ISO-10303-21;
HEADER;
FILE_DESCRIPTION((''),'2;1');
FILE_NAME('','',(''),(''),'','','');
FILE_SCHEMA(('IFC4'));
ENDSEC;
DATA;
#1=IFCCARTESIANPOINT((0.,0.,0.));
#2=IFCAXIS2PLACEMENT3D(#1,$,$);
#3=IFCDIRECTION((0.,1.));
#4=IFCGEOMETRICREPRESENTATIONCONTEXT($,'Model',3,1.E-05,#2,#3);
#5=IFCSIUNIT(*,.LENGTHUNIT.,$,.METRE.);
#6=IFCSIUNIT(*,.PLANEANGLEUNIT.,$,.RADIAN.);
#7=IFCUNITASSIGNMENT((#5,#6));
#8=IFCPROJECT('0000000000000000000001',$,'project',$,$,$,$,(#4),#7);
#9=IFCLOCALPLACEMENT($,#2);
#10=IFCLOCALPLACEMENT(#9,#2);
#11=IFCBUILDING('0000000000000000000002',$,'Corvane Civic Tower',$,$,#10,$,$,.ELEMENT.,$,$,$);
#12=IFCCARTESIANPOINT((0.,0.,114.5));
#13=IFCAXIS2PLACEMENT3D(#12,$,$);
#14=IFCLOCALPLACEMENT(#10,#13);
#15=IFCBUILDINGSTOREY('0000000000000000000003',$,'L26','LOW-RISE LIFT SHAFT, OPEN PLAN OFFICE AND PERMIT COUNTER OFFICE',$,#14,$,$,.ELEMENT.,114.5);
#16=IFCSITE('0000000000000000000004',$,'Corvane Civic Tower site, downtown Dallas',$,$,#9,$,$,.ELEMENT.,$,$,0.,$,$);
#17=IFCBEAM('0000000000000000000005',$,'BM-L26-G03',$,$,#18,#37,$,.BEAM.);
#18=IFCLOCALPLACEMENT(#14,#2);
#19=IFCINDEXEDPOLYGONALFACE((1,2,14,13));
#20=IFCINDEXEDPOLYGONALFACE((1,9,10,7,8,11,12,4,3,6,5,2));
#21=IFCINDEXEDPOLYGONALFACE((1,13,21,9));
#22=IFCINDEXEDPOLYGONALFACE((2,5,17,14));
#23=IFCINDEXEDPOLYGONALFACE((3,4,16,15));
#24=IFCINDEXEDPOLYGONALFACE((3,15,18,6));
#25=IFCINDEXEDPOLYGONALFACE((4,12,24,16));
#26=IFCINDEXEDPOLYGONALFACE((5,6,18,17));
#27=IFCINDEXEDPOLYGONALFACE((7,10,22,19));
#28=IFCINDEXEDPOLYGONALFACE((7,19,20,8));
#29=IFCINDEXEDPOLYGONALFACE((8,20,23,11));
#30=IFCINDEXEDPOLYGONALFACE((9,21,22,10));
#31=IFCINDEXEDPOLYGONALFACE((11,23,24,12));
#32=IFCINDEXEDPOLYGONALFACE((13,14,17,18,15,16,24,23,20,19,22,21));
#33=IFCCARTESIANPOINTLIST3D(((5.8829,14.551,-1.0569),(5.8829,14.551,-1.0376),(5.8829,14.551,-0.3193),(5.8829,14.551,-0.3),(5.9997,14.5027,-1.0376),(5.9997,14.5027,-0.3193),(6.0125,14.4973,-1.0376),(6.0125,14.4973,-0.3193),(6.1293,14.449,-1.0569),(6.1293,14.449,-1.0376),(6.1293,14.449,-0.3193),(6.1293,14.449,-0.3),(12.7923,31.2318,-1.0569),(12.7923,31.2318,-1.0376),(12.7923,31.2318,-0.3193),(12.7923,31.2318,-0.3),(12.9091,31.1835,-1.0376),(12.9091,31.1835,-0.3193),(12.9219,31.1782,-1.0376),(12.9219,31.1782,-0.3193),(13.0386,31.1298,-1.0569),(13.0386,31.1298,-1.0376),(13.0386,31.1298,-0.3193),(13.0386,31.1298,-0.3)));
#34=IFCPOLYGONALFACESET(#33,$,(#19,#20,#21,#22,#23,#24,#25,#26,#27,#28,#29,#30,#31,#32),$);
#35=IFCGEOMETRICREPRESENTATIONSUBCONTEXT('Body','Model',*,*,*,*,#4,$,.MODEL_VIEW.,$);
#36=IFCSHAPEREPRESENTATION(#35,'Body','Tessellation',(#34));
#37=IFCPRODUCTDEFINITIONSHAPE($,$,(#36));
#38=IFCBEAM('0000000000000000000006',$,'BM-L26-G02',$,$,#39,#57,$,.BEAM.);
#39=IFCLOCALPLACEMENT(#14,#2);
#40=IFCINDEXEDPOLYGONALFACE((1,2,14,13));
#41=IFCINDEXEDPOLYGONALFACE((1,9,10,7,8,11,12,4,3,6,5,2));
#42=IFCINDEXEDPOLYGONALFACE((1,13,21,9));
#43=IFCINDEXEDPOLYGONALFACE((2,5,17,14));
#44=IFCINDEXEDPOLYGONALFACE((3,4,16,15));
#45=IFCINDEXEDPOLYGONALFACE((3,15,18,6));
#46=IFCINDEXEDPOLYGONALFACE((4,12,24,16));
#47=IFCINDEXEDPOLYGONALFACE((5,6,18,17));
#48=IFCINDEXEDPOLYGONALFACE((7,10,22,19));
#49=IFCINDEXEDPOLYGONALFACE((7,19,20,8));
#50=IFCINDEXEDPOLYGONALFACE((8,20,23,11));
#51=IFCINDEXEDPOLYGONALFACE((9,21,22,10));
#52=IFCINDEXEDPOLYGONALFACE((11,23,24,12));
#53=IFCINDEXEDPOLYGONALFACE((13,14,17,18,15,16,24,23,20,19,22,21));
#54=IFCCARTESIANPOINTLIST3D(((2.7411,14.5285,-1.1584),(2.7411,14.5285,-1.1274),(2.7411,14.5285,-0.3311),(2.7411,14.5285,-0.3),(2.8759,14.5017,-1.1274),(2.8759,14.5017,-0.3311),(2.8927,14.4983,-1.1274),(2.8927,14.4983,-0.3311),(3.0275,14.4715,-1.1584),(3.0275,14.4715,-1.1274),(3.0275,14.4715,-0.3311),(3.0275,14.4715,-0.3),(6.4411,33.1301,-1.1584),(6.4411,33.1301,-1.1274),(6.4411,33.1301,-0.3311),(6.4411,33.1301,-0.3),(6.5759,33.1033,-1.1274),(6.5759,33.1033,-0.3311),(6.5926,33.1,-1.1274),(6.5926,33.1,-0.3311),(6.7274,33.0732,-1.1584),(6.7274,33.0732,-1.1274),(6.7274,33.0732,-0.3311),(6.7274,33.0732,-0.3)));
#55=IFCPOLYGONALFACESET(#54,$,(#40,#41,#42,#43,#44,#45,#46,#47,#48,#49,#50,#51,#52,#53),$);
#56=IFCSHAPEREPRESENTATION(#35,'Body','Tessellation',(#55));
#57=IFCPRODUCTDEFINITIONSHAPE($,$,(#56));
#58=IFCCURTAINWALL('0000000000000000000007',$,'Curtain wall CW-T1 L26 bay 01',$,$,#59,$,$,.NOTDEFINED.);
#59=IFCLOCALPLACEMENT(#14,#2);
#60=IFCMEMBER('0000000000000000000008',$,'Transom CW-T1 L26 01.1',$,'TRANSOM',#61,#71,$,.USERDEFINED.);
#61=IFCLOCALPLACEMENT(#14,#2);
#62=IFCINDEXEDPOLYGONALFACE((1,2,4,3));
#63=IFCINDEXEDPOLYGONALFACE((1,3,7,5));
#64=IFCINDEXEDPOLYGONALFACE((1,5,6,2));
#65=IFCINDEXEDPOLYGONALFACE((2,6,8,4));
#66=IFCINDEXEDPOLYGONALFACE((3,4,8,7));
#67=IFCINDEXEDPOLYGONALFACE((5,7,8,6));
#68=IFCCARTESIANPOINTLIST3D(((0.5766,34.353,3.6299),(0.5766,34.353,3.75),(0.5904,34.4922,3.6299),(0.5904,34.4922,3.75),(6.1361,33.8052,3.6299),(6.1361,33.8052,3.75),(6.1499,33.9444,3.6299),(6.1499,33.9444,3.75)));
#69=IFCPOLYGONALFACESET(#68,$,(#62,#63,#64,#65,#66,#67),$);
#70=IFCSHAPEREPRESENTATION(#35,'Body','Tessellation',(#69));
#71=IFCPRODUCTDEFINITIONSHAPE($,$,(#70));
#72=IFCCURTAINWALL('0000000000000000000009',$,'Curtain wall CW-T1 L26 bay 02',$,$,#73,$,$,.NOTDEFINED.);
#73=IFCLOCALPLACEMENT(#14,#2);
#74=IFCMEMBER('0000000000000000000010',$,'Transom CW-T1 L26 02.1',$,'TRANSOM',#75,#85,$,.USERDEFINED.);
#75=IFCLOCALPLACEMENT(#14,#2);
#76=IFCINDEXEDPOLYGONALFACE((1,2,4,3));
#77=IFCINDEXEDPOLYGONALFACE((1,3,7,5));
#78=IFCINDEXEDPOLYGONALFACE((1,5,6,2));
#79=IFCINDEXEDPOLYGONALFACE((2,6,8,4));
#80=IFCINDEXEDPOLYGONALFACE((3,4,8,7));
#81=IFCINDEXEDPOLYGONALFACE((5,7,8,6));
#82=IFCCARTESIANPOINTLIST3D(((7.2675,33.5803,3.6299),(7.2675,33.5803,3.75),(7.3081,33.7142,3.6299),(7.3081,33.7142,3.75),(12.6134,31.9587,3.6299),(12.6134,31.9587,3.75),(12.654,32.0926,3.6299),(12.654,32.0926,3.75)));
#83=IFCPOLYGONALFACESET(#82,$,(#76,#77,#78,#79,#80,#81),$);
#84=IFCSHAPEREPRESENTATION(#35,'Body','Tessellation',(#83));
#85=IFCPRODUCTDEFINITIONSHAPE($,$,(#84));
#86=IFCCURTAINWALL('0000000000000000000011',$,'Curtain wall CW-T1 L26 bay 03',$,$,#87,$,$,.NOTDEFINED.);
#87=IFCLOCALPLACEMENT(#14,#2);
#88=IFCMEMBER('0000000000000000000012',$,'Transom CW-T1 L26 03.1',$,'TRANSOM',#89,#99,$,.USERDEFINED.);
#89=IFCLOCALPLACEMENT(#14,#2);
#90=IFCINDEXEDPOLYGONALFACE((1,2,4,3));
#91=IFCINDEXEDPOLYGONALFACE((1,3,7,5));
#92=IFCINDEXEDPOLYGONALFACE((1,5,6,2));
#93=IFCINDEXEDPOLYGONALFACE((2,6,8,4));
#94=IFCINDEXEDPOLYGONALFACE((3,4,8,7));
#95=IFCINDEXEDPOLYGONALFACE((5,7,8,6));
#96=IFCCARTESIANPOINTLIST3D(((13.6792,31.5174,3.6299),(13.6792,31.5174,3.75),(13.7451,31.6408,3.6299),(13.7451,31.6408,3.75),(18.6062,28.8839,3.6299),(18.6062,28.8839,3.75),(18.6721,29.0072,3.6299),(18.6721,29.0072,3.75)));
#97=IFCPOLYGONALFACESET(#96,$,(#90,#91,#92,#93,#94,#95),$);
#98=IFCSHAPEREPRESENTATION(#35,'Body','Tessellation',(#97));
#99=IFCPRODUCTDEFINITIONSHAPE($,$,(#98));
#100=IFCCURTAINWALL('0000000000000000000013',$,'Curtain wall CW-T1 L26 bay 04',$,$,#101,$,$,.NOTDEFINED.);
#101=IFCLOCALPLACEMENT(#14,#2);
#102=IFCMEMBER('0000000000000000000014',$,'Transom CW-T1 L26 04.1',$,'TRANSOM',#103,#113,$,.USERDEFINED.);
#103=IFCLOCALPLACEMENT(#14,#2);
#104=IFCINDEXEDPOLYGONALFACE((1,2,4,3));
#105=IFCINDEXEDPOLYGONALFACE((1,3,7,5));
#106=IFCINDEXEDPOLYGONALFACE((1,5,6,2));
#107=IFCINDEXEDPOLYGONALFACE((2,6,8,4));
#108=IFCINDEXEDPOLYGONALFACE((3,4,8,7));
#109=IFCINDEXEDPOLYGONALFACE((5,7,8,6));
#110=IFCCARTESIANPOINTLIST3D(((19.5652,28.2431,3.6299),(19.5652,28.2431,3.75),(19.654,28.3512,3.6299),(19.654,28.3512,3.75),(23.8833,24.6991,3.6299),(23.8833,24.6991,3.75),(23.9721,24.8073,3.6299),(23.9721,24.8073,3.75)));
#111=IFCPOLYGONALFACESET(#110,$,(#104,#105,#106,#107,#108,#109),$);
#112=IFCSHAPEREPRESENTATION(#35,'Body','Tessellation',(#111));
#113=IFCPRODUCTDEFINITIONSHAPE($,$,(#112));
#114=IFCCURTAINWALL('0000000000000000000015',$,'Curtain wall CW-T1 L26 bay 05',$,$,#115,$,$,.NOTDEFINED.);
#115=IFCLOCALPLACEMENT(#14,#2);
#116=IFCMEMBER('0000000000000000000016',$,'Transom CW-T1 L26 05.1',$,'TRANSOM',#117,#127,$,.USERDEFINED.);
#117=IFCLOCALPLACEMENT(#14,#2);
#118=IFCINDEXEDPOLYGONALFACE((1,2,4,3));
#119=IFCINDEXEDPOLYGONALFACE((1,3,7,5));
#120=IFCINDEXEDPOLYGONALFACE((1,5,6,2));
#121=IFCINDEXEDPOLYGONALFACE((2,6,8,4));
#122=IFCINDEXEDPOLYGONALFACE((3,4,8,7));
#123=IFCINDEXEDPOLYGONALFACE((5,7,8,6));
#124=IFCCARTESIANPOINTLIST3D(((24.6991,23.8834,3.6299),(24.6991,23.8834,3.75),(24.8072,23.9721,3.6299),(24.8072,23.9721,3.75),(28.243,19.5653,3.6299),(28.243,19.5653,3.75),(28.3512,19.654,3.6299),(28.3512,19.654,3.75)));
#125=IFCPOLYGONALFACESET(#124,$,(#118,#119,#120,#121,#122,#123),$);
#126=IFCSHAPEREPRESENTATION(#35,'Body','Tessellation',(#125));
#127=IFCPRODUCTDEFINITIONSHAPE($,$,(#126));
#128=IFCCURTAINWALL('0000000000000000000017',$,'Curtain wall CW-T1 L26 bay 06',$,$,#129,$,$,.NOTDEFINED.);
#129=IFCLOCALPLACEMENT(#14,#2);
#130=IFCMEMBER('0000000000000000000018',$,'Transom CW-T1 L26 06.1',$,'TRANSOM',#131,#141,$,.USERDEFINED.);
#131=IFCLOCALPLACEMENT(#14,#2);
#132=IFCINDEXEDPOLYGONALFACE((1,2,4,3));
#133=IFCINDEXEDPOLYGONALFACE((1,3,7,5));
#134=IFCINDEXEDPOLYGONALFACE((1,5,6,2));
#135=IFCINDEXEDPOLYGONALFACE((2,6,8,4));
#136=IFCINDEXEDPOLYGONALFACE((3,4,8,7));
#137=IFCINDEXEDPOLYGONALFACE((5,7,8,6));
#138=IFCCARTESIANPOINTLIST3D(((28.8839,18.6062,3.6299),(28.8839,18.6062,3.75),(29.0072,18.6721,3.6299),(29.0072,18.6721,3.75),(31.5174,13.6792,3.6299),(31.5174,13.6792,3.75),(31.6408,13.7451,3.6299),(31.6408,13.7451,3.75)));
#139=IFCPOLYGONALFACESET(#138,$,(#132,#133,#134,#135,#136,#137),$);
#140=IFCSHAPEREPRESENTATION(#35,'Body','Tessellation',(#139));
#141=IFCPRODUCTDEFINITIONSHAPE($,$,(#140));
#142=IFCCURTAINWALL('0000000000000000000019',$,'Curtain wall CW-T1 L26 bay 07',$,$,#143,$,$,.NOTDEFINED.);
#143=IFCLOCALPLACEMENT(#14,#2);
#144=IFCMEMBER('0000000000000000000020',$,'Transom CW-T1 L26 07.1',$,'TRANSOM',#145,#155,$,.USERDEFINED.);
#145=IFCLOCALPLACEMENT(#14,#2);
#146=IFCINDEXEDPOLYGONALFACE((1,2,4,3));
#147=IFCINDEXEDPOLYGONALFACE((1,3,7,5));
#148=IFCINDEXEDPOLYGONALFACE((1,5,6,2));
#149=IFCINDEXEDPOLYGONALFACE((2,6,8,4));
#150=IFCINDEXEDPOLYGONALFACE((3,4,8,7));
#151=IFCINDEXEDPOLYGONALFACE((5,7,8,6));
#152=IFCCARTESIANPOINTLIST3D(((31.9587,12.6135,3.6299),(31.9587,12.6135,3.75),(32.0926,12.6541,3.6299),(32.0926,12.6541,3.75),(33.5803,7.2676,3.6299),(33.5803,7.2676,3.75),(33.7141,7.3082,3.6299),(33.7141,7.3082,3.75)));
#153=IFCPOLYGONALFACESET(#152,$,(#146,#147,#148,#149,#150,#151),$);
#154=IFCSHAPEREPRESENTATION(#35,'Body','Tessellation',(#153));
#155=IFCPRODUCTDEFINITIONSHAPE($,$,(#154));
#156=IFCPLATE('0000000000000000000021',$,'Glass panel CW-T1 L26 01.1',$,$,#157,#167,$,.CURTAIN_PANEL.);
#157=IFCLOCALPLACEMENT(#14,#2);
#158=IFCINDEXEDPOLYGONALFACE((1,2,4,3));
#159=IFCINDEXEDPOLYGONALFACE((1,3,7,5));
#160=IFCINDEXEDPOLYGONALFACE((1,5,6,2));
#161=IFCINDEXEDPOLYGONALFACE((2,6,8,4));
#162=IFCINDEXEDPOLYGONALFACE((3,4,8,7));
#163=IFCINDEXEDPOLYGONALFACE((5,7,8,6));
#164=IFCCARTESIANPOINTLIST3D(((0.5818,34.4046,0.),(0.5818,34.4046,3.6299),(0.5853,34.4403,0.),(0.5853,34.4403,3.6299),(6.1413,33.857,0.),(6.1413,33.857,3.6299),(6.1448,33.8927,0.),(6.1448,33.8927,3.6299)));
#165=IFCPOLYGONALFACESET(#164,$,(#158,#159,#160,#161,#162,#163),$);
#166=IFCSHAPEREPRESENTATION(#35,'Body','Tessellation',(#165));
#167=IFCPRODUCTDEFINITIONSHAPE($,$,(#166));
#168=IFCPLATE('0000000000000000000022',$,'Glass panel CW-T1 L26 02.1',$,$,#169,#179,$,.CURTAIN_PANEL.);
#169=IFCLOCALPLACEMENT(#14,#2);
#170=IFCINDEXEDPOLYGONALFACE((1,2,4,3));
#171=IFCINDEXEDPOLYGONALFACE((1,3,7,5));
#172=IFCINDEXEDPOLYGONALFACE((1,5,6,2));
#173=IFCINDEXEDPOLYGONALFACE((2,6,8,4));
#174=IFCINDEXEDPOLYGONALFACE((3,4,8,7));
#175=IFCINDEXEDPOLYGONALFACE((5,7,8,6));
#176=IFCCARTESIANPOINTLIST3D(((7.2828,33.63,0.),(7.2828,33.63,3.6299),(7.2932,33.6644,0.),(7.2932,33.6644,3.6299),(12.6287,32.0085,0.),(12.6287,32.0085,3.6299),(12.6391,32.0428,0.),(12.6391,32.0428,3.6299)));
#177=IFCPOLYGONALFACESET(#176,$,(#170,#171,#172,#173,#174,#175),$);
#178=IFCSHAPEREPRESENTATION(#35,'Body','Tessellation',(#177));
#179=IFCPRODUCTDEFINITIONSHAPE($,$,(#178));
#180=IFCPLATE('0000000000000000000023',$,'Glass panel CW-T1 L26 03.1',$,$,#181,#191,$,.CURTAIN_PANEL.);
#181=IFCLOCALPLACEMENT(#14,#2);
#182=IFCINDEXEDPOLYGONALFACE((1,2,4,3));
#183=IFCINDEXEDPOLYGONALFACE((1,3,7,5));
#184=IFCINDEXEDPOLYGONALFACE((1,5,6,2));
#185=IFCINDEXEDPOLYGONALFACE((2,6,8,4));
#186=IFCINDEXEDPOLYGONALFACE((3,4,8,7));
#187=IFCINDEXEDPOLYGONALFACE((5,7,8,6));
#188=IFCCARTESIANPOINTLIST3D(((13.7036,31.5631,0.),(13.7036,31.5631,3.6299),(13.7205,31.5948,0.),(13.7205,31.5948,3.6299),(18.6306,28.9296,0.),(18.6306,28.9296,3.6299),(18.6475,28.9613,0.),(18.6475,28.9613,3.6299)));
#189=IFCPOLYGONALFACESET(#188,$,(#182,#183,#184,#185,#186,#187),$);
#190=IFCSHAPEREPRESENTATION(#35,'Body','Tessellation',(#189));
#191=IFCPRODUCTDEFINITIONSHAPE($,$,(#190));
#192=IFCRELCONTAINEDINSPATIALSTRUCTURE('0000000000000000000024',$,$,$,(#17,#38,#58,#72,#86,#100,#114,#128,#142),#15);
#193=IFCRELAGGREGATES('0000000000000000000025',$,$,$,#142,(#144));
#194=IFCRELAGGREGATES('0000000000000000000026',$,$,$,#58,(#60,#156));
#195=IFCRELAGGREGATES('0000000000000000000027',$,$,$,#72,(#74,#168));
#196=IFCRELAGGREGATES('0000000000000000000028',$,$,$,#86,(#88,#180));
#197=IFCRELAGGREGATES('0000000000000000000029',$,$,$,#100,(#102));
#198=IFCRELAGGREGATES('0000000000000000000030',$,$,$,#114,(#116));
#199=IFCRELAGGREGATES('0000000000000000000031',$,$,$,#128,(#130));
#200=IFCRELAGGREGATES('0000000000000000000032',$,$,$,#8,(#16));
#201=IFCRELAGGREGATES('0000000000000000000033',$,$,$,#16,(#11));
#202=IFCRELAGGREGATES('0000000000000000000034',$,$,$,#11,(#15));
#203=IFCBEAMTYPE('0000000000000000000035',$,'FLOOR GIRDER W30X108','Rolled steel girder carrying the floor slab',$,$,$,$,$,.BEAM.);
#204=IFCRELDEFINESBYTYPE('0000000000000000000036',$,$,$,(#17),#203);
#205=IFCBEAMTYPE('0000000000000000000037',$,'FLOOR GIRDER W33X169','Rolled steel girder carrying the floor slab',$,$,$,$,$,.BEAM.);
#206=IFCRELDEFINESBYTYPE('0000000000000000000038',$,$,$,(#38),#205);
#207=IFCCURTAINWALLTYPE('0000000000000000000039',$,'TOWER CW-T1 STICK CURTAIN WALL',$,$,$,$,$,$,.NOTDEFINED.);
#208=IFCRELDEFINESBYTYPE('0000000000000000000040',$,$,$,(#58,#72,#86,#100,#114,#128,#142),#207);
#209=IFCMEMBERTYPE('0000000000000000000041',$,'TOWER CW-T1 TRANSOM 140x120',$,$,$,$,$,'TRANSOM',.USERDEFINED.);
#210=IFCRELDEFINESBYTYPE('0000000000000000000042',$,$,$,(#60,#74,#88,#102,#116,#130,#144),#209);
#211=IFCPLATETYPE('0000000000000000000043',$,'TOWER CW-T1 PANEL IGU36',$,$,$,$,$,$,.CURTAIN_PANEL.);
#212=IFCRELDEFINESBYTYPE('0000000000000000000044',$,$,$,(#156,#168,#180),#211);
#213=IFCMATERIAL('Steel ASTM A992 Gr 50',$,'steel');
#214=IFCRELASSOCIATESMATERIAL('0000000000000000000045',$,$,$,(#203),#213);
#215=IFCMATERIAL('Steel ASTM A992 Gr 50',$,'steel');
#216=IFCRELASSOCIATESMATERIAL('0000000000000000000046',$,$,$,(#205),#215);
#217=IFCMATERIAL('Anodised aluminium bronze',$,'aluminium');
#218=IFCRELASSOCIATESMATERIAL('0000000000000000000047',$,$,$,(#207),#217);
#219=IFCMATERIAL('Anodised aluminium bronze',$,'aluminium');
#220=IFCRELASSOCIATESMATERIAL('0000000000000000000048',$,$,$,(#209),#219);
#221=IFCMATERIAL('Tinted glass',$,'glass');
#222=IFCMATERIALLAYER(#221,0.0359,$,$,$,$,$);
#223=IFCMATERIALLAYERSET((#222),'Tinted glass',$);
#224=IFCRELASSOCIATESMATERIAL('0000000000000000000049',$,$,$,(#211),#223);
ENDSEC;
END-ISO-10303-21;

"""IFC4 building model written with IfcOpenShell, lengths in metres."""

from ifc_helpers import new_model, si_unit, direction, frame, origin, origin_2d, place, context, subcontext, project, spatial, rectangle, i_section, extrude, material, layer, layer_set, material_profile, profile_set, type_object, element, aggregate, save


model = new_model("IFC4")

# Units and contexts
model_context = context("Model", 3, precision=1e-05, world=origin(), true_north=direction((0.0, 1.0)))
body_context = subcontext(model_context, "Body", "Model", "MODEL_VIEW")
ifc_project = project(units=[si_unit("LENGTHUNIT", "METRE"), si_unit("PLANEANGLEUNIT", "RADIAN")], contexts=[model_context])

# Site, building, storey
site_placement = place(None, origin())
site = spatial("IfcSite", under=ifc_project, at=site_placement, Name="Corvane Civic Tower site, downtown Dallas", CompositionType="ELEMENT", RefElevation=0.0)
building_placement = place(site_placement, origin())
building = spatial("IfcBuilding", under=site, at=building_placement, Name="Corvane Civic Tower", CompositionType="ELEMENT")
storey_placement = place(building_placement, frame((0.0, 0.0, 114.5)))
storey = spatial("IfcBuildingStorey", under=building, at=storey_placement, Name="L26", Description="LOW-RISE LIFT SHAFT, OPEN PLAN OFFICE AND PERMIT COUNTER OFFICE", CompositionType="ELEMENT", Elevation=114.5)

# Beams
ifc_material_1 = material(Name="Steel ASTM A992 Gr 50", Category="steel")
ifc_material_profile_1 = material_profile(ifc_material_1, i_section(OverallWidth=0.2666, OverallDepth=0.7568, WebThickness=0.0139, FlangeThickness=0.0193, at=origin_2d()), Name="W30X108")
ifc_profile_set_1 = profile_set([ifc_material_profile_1], Name="Steel ASTM A992 Gr 50")
beam_type_1 = type_object("IfcBeamType", Name="FLOOR GIRDER W30X108", Description="Rolled steel girder carrying the floor slab", PredefinedType="BEAM", material=ifc_profile_set_1)
beam_1_placement = place(storey_placement, frame((6.0061, 14.5, -0.6785), z_axis=(0.382682, 0.92388, 0.0), x_axis=(-0.92388, 0.382682, 0.0)))
element("IfcBeam", 1, at=beam_1_placement, inside=storey, type_object=beam_type_1, Name="BM-L26-G03", PredefinedType="BEAM", context=body_context, shape_type="SweptSolid", body=[
    extrude(i_section(OverallWidth=0.2666, OverallDepth=0.7568, WebThickness=0.0139, FlangeThickness=0.0193, at=origin_2d()), origin(), (0.0, 0.0, 1.0), 18.0552),
])
ifc_material_2 = material(Name="Steel ASTM A992 Gr 50", Category="steel")
ifc_material_profile_2 = material_profile(ifc_material_2, i_section(OverallWidth=0.292, OverallDepth=0.8584, WebThickness=0.0171, FlangeThickness=0.031, at=origin_2d()), Name="W33X169")
ifc_profile_set_2 = profile_set([ifc_material_profile_2], Name="Steel ASTM A992 Gr 50")
beam_type_2 = type_object("IfcBeamType", Name="FLOOR GIRDER W33X169", Description="Rolled steel girder carrying the floor slab", PredefinedType="BEAM", material=ifc_profile_set_2)
beam_2_placement = place(storey_placement, frame((2.8843, 14.5, -0.7292), z_axis=(0.195084, 0.980787, 0.0), x_axis=(-0.980787, 0.195084, 0.0)))
element("IfcBeam", 2, at=beam_2_placement, inside=storey, type_object=beam_type_2, Name="BM-L26-G02", PredefinedType="BEAM", context=body_context, shape_type="SweptSolid", body=[
    extrude(i_section(OverallWidth=0.292, OverallDepth=0.8584, WebThickness=0.0171, FlangeThickness=0.031, at=origin_2d()), origin(), (0.0, 0.0, 1.0), 18.9661),
])

# Curtain walls, members
ifc_material_3 = material(Name="Anodised aluminium bronze", Category="aluminium")
curtain_wall_type = type_object("IfcCurtainWallType", Name="TOWER CW-T1 STICK CURTAIN WALL", PredefinedType="NOTDEFINED", material=ifc_material_3)
curtain_wall_1_placement = place(storey_placement, origin())
curtain_wall_1 = element("IfcCurtainWall", 3, at=curtain_wall_1_placement, inside=storey, type_object=curtain_wall_type, Name="Curtain wall CW-T1 L26 bay 01", PredefinedType="NOTDEFINED")
ifc_material_4 = material(Name="Anodised aluminium bronze", Category="aluminium")
ifc_material_profile_3 = material_profile(ifc_material_4, rectangle(XDim=0.1399, YDim=0.1201, at=origin_2d()), Name="TOWER CW-T1 TRANSOM 140x120")
ifc_profile_set_3 = profile_set([ifc_material_profile_3], Name="Anodised aluminium bronze")
member_type = type_object("IfcMemberType", Name="TOWER CW-T1 TRANSOM 140x120", ElementType="TRANSOM", PredefinedType="USERDEFINED", material=ifc_profile_set_3)
member_1_placement = place(storey_placement, frame((0.5835, 34.4226, 3.6899), z_axis=(0.99518, -0.098067, 0.0), x_axis=(0.098067, 0.99518, 0.0)))
member_1 = element("IfcMember", 4, at=member_1_placement, type_object=member_type, Name="Transom CW-T1 L26 01.1", ObjectType="TRANSOM", PredefinedType="USERDEFINED", context=body_context, shape_type="SweptSolid", body=[
    extrude(rectangle(XDim=0.1399, YDim=0.1201, at=origin_2d()), origin(), (0.0, 0.0, 1.0), 5.5864),
])
curtain_wall_2_placement = place(storey_placement, origin())
curtain_wall_2 = element("IfcCurtainWall", 5, at=curtain_wall_2_placement, inside=storey, type_object=curtain_wall_type, Name="Curtain wall CW-T1 L26 bay 02", PredefinedType="NOTDEFINED")
member_2_placement = place(storey_placement, frame((7.2878, 33.6472, 3.6899), z_axis=(0.956945, -0.290269, 0.0), x_axis=(0.290269, 0.956945, 0.0)))
member_2 = element("IfcMember", 6, at=member_2_placement, type_object=member_type, Name="Transom CW-T1 L26 02.1", ObjectType="TRANSOM", PredefinedType="USERDEFINED", context=body_context, shape_type="SweptSolid", body=[
    extrude(rectangle(XDim=0.1399, YDim=0.1201, at=origin_2d()), origin(), (0.0, 0.0, 1.0), 5.5864),
])
curtain_wall_3_placement = place(storey_placement, origin())
curtain_wall_3 = element("IfcCurtainWall", 7, at=curtain_wall_3_placement, inside=storey, type_object=curtain_wall_type, Name="Curtain wall CW-T1 L26 bay 03", PredefinedType="NOTDEFINED")
member_3_placement = place(storey_placement, frame((13.7122, 31.5791, 3.6899), z_axis=(0.881921, -0.471398, 0.0), x_axis=(0.471398, 0.881921, 0.0)))
member_3 = element("IfcMember", 8, at=member_3_placement, type_object=member_type, Name="Transom CW-T1 L26 03.1", ObjectType="TRANSOM", PredefinedType="USERDEFINED", context=body_context, shape_type="SweptSolid", body=[
    extrude(rectangle(XDim=0.1399, YDim=0.1201, at=origin_2d()), origin(), (0.0, 0.0, 1.0), 5.5867),
])
curtain_wall_4_placement = place(storey_placement, origin())
curtain_wall_4 = element("IfcCurtainWall", 9, at=curtain_wall_4_placement, inside=storey, type_object=curtain_wall_type, Name="Curtain wall CW-T1 L26 bay 04", PredefinedType="NOTDEFINED")
member_4_placement = place(storey_placement, frame((19.6096, 28.2971, 3.6899), z_axis=(0.772996, -0.63441, 0.0), x_axis=(0.63441, 0.772996, 0.0)))
member_4 = element("IfcMember", 10, at=member_4_placement, type_object=member_type, Name="Transom CW-T1 L26 04.1", ObjectType="TRANSOM", PredefinedType="USERDEFINED", context=body_context, shape_type="SweptSolid", body=[
    extrude(rectangle(XDim=0.1399, YDim=0.1201, at=origin_2d()), origin(), (0.0, 0.0, 1.0), 5.5862),
])
curtain_wall_5_placement = place(storey_placement, origin())
curtain_wall_5 = element("IfcCurtainWall", 11, at=curtain_wall_5_placement, inside=storey, type_object=curtain_wall_type, Name="Curtain wall CW-T1 L26 bay 05", PredefinedType="NOTDEFINED")
member_5_placement = place(storey_placement, frame((24.7532, 23.9277, 3.6899), z_axis=(0.63441, -0.772996, 0.0), x_axis=(0.772996, 0.63441, 0.0)))
member_5 = element("IfcMember", 12, at=member_5_placement, type_object=member_type, Name="Transom CW-T1 L26 05.1", ObjectType="TRANSOM", PredefinedType="USERDEFINED", context=body_context, shape_type="SweptSolid", body=[
    extrude(rectangle(XDim=0.1399, YDim=0.1201, at=origin_2d()), origin(), (0.0, 0.0, 1.0), 5.5862),
])
curtain_wall_6_placement = place(storey_placement, origin())
curtain_wall_6 = element("IfcCurtainWall", 13, at=curtain_wall_6_placement, inside=storey, type_object=curtain_wall_type, Name="Curtain wall CW-T1 L26 bay 06", PredefinedType="NOTDEFINED")
member_6_placement = place(storey_placement, frame((28.9456, 18.6392, 3.6899), z_axis=(0.471398, -0.881921, 0.0), x_axis=(0.881921, 0.471398, 0.0)))
member_6 = element("IfcMember", 14, at=member_6_placement, type_object=member_type, Name="Transom CW-T1 L26 06.1", ObjectType="TRANSOM", PredefinedType="USERDEFINED", context=body_context, shape_type="SweptSolid", body=[
    extrude(rectangle(XDim=0.1399, YDim=0.1201, at=origin_2d()), origin(), (0.0, 0.0, 1.0), 5.5867),
])
curtain_wall_7_placement = place(storey_placement, origin())
curtain_wall_7 = element("IfcCurtainWall", 15, at=curtain_wall_7_placement, inside=storey, type_object=curtain_wall_type, Name="Curtain wall CW-T1 L26 bay 07", PredefinedType="NOTDEFINED")
member_7_placement = place(storey_placement, frame((32.0256, 12.6338, 3.6899), z_axis=(0.290269, -0.956945, 0.0), x_axis=(0.956945, 0.290269, 0.0)))
member_7 = element("IfcMember", 16, at=member_7_placement, type_object=member_type, Name="Transom CW-T1 L26 07.1", ObjectType="TRANSOM", PredefinedType="USERDEFINED", context=body_context, shape_type="SweptSolid", body=[
    extrude(rectangle(XDim=0.1399, YDim=0.1201, at=origin_2d()), origin(), (0.0, 0.0, 1.0), 5.5864),
])
aggregate(curtain_wall_7, [member_7])

# Plates
ifc_material_5 = material(Name="Tinted glass", Category="glass")
ifc_layer_1 = layer(ifc_material_5, 0.0359)
ifc_layer_set_1 = layer_set([ifc_layer_1], Name="Tinted glass")
plate_type = type_object("IfcPlateType", Name="TOWER CW-T1 PANEL IGU36", PredefinedType="CURTAIN_PANEL", material=ifc_layer_set_1)
plate_1_placement = place(storey_placement, frame((3.3633, 34.1487, 0.0), z_axis=(0.0, 0.0, 1.0), x_axis=(0.995184, -0.098027, 0.0)))
plate_1 = element("IfcPlate", 17, at=plate_1_placement, type_object=plate_type, Name="Glass panel CW-T1 L26 01.1", PredefinedType="CURTAIN_PANEL", context=body_context, shape_type="SweptSolid", body=[
    extrude(rectangle(XDim=5.5864, YDim=0.0359, at=origin_2d()), origin(), (0.0, 0.0, 1.0), 3.6299),
])
aggregate(curtain_wall_1, [member_1, plate_1])
plate_2_placement = place(storey_placement, frame((9.9609, 32.8364, 0.0), z_axis=(0.0, 0.0, 1.0), x_axis=(0.956946, -0.290266, 0.0)))
plate_2 = element("IfcPlate", 18, at=plate_2_placement, type_object=plate_type, Name="Glass panel CW-T1 L26 02.1", PredefinedType="CURTAIN_PANEL", context=body_context, shape_type="SweptSolid", body=[
    extrude(rectangle(XDim=5.5864, YDim=0.0359, at=origin_2d()), origin(), (0.0, 0.0, 1.0), 3.6299),
])
aggregate(curtain_wall_2, [member_2, plate_2])
plate_3_placement = place(storey_placement, frame((16.1755, 30.2622, 0.0), z_axis=(0.0, 0.0, 1.0), x_axis=(0.881924, -0.471392, 0.0)))
plate_3 = element("IfcPlate", 19, at=plate_3_placement, type_object=plate_type, Name="Glass panel CW-T1 L26 03.1", PredefinedType="CURTAIN_PANEL", context=body_context, shape_type="SweptSolid", body=[
    extrude(rectangle(XDim=5.5867, YDim=0.0359, at=origin_2d()), origin(), (0.0, 0.0, 1.0), 3.6299),
])
aggregate(curtain_wall_3, [member_3, plate_3])
aggregate(curtain_wall_4, [member_4])
aggregate(curtain_wall_5, [member_5])
aggregate(curtain_wall_6, [member_6])

save(model, "model.ifc")
